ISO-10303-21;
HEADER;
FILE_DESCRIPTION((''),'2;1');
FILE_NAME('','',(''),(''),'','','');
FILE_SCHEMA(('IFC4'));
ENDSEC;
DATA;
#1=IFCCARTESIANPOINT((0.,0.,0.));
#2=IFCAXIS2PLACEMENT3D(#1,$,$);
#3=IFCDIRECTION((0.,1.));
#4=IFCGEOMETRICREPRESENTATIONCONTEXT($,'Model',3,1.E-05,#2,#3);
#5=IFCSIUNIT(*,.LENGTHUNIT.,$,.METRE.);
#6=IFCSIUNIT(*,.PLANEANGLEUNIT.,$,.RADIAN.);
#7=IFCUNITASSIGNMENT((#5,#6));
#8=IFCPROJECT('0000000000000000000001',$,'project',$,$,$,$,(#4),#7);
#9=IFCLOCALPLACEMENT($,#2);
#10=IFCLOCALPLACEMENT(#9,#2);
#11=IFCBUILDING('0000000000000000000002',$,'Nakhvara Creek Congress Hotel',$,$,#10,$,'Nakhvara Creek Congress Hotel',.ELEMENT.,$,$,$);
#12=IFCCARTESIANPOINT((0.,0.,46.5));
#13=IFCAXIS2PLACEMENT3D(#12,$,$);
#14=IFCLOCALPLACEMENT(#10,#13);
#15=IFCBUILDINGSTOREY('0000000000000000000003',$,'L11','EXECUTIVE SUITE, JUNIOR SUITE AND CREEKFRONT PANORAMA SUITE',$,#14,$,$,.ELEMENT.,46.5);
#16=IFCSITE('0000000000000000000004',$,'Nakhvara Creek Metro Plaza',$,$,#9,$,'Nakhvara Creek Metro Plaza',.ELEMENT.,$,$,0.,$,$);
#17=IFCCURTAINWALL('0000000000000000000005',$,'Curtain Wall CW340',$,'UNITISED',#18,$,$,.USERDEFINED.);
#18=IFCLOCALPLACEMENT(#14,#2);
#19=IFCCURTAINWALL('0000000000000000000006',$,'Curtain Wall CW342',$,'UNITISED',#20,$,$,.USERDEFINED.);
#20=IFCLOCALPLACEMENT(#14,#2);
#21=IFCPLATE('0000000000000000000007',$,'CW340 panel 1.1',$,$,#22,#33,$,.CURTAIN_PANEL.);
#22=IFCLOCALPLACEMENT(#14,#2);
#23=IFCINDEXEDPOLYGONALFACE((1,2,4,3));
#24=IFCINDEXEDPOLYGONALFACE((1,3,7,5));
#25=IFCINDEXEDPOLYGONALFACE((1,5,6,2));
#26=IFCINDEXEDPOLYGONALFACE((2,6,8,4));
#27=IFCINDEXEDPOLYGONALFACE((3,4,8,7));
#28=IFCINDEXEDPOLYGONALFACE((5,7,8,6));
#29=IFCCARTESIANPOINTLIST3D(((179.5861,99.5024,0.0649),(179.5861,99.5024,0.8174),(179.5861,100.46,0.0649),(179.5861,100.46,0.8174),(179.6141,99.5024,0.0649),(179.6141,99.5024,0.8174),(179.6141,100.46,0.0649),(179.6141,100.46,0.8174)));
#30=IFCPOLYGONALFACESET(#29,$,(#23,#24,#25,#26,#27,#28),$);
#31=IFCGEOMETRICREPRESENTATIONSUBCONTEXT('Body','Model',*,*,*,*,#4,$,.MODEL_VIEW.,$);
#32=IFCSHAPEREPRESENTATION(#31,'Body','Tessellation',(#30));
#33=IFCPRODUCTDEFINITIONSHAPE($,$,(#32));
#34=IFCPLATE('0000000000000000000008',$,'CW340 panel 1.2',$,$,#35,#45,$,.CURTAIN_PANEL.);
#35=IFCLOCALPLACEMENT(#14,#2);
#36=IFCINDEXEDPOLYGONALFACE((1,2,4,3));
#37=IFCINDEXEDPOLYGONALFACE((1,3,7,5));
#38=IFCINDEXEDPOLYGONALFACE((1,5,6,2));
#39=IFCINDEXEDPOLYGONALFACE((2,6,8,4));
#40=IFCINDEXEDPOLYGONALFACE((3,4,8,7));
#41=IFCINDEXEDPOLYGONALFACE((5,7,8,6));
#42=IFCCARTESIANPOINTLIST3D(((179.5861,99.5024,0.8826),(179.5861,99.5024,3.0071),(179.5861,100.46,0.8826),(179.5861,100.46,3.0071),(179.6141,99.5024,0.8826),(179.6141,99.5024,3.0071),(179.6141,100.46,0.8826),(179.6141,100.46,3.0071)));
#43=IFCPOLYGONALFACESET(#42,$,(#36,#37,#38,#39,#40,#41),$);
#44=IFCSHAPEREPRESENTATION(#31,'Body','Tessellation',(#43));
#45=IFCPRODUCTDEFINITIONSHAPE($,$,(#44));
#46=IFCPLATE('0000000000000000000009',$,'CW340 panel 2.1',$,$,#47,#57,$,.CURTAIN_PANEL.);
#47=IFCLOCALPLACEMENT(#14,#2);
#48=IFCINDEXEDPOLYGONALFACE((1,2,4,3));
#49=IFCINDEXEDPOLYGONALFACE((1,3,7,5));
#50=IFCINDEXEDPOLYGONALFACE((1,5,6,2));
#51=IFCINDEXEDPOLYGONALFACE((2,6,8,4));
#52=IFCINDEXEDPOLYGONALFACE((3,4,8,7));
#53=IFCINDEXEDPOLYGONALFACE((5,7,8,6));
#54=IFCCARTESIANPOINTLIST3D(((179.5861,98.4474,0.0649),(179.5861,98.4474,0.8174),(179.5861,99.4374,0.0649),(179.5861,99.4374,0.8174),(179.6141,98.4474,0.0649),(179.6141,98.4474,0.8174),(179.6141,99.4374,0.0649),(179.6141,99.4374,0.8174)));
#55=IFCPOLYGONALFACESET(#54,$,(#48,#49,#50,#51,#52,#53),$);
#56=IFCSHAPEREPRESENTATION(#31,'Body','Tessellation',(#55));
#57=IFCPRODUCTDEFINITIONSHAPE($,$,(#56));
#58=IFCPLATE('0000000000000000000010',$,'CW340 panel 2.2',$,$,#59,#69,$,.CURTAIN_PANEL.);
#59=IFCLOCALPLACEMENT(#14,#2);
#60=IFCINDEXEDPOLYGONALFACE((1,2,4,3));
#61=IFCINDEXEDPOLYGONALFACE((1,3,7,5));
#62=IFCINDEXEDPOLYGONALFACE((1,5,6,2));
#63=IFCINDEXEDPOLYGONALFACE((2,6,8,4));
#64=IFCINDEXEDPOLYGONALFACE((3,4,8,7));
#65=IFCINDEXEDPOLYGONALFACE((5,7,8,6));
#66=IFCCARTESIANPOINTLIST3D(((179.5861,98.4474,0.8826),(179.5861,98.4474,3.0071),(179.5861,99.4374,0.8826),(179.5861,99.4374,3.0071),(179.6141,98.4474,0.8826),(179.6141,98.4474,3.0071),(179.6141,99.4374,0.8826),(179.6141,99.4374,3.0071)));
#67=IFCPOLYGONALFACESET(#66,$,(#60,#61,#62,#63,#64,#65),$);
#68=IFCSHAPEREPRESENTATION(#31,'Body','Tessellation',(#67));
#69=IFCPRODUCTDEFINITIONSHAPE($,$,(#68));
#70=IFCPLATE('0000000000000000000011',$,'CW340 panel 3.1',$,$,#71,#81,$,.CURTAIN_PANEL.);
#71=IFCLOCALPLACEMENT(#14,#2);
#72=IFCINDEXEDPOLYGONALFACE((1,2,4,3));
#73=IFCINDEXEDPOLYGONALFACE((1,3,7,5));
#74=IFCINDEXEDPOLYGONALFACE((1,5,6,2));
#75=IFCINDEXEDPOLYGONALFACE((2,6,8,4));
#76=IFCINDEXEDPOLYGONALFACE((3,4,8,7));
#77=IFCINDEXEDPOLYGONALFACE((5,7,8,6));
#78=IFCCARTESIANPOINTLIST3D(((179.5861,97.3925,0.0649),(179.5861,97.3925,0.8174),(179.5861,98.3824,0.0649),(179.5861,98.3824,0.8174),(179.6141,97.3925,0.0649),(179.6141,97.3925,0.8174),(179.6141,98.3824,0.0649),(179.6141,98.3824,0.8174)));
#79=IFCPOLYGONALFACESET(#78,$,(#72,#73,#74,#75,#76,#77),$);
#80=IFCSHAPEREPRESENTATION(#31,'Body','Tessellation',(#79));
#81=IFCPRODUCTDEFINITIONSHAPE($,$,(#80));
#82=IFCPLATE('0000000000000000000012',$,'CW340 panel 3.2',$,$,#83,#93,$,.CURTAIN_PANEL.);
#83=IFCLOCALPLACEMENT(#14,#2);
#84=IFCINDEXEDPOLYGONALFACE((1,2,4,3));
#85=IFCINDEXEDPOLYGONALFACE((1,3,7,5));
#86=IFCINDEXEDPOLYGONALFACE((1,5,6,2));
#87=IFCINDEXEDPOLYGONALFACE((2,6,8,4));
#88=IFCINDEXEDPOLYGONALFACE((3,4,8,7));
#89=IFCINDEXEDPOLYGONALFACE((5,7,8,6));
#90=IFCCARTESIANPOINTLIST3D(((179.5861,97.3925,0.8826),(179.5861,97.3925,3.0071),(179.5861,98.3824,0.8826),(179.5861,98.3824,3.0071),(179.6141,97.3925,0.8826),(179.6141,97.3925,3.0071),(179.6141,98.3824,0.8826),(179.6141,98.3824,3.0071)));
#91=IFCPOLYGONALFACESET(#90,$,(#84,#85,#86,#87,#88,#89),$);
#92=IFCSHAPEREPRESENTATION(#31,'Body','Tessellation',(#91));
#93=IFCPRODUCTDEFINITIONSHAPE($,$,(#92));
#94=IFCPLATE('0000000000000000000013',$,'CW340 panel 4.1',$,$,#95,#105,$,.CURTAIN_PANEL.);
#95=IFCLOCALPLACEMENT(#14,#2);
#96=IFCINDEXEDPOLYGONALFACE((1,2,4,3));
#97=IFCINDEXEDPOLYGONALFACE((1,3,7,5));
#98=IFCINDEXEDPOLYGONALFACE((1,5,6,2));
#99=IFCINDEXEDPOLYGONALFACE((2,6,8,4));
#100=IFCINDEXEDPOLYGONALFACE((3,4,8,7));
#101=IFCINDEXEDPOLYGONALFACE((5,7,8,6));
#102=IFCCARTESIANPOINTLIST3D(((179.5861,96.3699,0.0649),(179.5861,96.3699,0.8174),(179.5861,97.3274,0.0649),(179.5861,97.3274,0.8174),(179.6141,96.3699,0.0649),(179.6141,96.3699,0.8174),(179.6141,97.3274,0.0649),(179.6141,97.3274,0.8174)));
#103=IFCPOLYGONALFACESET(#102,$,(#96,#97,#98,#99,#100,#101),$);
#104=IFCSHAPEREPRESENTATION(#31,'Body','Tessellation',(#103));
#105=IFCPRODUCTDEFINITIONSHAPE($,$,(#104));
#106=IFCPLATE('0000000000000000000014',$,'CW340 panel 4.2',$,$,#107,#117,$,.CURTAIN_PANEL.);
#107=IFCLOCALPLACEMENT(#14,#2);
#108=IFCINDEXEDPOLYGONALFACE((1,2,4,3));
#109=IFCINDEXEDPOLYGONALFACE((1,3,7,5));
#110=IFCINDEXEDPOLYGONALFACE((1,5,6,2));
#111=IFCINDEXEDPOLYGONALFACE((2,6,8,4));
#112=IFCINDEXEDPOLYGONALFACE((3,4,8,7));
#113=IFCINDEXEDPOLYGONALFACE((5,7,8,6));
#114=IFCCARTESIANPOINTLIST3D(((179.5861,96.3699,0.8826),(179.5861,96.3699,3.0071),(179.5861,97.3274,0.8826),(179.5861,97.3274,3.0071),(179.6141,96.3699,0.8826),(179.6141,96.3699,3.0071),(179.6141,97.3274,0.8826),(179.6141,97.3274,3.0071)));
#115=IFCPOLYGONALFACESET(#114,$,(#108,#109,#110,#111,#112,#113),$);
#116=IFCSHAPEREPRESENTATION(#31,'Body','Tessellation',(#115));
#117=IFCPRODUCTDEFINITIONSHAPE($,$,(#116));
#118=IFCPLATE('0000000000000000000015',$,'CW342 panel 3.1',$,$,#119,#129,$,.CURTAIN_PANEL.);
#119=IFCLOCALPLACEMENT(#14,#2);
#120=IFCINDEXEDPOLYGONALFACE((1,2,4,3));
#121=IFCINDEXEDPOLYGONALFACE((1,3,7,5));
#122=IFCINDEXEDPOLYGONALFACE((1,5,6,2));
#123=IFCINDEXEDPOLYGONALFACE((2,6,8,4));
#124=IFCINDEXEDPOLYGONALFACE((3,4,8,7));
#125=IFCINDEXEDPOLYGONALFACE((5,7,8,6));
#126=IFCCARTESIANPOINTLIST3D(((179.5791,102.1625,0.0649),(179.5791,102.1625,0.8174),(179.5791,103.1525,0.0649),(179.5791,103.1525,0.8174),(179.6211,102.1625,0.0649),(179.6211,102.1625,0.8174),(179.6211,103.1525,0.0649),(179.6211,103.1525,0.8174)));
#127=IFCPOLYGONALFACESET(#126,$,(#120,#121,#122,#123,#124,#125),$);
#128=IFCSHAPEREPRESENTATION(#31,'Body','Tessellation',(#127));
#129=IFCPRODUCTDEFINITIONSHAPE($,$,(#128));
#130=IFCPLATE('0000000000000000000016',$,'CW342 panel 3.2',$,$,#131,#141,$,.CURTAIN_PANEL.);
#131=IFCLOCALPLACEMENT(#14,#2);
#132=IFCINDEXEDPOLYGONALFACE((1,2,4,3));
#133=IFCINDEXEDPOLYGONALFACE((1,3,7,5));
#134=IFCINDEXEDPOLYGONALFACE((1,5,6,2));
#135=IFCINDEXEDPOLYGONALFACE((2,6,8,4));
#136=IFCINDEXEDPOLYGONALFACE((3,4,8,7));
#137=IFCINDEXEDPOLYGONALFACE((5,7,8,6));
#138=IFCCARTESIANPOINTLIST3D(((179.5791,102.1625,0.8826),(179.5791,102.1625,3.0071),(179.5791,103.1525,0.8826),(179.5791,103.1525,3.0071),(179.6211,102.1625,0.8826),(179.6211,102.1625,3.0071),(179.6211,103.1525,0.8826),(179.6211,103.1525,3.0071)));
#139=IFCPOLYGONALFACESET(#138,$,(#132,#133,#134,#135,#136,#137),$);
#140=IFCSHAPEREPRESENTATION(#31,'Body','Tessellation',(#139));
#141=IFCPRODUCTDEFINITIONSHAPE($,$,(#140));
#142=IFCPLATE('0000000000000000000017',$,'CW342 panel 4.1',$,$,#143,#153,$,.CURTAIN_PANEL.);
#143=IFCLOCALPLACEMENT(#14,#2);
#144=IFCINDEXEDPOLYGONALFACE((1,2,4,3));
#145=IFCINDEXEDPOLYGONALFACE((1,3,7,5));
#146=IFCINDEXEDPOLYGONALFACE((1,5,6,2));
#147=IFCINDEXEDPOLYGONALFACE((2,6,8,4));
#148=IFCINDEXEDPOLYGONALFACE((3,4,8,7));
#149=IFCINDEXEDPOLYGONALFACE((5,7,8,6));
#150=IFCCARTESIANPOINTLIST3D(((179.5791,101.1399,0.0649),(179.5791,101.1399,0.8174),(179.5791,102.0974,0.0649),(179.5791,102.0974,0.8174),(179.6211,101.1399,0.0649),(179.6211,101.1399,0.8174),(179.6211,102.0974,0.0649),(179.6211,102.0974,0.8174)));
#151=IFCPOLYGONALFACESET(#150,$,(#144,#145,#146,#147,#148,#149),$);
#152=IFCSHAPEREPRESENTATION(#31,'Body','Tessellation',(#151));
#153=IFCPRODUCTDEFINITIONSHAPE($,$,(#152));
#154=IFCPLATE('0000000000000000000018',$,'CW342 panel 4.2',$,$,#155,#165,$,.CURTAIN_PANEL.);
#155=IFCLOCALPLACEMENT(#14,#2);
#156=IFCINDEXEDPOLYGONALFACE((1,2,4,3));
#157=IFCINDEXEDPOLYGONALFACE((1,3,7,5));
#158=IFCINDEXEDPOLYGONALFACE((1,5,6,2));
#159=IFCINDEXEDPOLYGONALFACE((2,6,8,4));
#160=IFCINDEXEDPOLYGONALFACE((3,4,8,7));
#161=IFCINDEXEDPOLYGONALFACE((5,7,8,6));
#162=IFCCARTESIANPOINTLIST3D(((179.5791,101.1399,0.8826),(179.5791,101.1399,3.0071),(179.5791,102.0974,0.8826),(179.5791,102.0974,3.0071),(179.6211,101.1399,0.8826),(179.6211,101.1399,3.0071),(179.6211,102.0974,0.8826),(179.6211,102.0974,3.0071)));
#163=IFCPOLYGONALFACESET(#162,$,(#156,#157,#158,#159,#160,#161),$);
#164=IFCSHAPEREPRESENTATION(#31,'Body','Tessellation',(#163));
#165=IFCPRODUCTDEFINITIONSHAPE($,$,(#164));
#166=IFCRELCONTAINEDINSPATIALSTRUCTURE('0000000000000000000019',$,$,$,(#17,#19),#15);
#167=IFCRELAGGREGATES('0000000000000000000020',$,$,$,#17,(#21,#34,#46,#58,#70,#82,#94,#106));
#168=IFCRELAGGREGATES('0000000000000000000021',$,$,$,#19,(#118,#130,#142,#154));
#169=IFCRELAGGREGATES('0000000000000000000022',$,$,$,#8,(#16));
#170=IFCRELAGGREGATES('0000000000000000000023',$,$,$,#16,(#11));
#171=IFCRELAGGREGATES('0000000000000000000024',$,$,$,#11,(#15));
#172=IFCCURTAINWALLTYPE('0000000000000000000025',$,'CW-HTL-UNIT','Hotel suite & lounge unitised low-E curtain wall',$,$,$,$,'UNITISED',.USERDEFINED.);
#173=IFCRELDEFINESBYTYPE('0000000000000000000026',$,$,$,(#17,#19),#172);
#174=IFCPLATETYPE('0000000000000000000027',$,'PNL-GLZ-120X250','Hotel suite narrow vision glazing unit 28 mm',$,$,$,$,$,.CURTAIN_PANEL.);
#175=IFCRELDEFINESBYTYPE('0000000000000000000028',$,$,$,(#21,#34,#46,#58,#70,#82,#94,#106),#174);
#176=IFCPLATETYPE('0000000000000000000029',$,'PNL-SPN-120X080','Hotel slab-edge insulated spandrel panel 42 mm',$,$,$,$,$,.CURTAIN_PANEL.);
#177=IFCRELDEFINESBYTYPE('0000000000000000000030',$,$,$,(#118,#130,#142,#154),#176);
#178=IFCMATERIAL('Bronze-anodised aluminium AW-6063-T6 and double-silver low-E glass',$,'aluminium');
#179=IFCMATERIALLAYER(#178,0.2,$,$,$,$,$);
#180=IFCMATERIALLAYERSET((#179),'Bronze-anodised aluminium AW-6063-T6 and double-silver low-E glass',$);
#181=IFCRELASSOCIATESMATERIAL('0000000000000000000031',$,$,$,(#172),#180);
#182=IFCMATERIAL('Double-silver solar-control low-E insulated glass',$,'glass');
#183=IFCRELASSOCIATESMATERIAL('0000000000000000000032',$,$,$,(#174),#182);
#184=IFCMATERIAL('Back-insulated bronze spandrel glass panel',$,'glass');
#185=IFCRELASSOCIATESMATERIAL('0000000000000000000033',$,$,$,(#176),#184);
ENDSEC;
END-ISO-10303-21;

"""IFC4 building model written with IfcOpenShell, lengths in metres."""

from ifc_helpers import new_model, si_unit, direction, frame, origin, origin_2d, place, context, subcontext, project, spatial, rectangle, extrude, material, layer, layer_set, type_object, element, aggregate, save


model = new_model("IFC4")

# Units and contexts
model_context = context("Model", 3, precision=1e-05, world=origin(), true_north=direction((0.0, 1.0)))
body_context = subcontext(model_context, "Body", "Model", "MODEL_VIEW")
ifc_project = project(units=[si_unit("LENGTHUNIT", "METRE"), si_unit("PLANEANGLEUNIT", "RADIAN")], contexts=[model_context])

# Site, building, storey
site_placement = place(None, origin())
site = spatial("IfcSite", under=ifc_project, at=site_placement, Name="Nakhvara Creek Metro Plaza", LongName="Nakhvara Creek Metro Plaza", CompositionType="ELEMENT", RefElevation=0.0)
building_placement = place(site_placement, origin())
building = spatial("IfcBuilding", under=site, at=building_placement, Name="Nakhvara Creek Congress Hotel", LongName="Nakhvara Creek Congress Hotel", CompositionType="ELEMENT")
storey_placement = place(building_placement, frame((0.0, 0.0, 46.5)))
storey = spatial("IfcBuildingStorey", under=building, at=storey_placement, Name="L11", Description="EXECUTIVE SUITE, JUNIOR SUITE AND CREEKFRONT PANORAMA SUITE", CompositionType="ELEMENT", Elevation=46.5)

# Curtain walls
ifc_material_1 = material(Name="Bronze-anodised aluminium AW-6063-T6 and double-silver low-E glass", Category="aluminium")
ifc_layer = layer(ifc_material_1, 0.2)
ifc_layer_set = layer_set([ifc_layer], Name="Bronze-anodised aluminium AW-6063-T6 and double-silver low-E glass")
curtain_wall_type = type_object("IfcCurtainWallType", Name="CW-HTL-UNIT", Description="Hotel suite & lounge unitised low-E curtain wall", ElementType="UNITISED", PredefinedType="USERDEFINED", material=ifc_layer_set)
curtain_wall_1_placement = place(storey_placement, origin())
curtain_wall_1 = element("IfcCurtainWall", 1, at=curtain_wall_1_placement, inside=storey, type_object=curtain_wall_type, Name="Curtain Wall CW340", ObjectType="UNITISED", PredefinedType="USERDEFINED")
curtain_wall_2_placement = place(storey_placement, origin())
curtain_wall_2 = element("IfcCurtainWall", 2, at=curtain_wall_2_placement, inside=storey, type_object=curtain_wall_type, Name="Curtain Wall CW342", ObjectType="UNITISED", PredefinedType="USERDEFINED")

# Plates
ifc_material_2 = material(Name="Double-silver solar-control low-E insulated glass", Category="glass")
plate_type_1 = type_object("IfcPlateType", Name="PNL-GLZ-120X250", Description="Hotel suite narrow vision glazing unit 28 mm", PredefinedType="CURTAIN_PANEL", material=ifc_material_2)
plate_1_placement = place(storey_placement, frame((179.6001, 99.9812, 0.0649), z_axis=(0.0, 0.0, 1.0), x_axis=(0.0, -1.0, 0.0)))
plate_1 = element("IfcPlate", 3, at=plate_1_placement, type_object=plate_type_1, Name="CW340 panel 1.1", PredefinedType="CURTAIN_PANEL", context=body_context, shape_type="SweptSolid", body=[
    extrude(rectangle(XDim=0.9575, YDim=0.0281, at=origin_2d()), origin(), (0.0, 0.0, 1.0), 0.7524),
])
plate_2_placement = place(storey_placement, frame((179.6001, 99.9812, 0.8826), z_axis=(0.0, 0.0, 1.0), x_axis=(0.0, -1.0, 0.0)))
plate_2 = element("IfcPlate", 4, at=plate_2_placement, type_object=plate_type_1, Name="CW340 panel 1.2", PredefinedType="CURTAIN_PANEL", context=body_context, shape_type="SweptSolid", body=[
    extrude(rectangle(XDim=0.9575, YDim=0.0281, at=origin_2d()), origin(), (0.0, 0.0, 1.0), 2.1245),
])
plate_3_placement = place(storey_placement, frame((179.6001, 98.9424, 0.0649), z_axis=(0.0, 0.0, 1.0), x_axis=(0.0, -1.0, 0.0)))
plate_3 = element("IfcPlate", 5, at=plate_3_placement, type_object=plate_type_1, Name="CW340 panel 2.1", PredefinedType="CURTAIN_PANEL", context=body_context, shape_type="SweptSolid", body=[
    extrude(rectangle(XDim=0.99, YDim=0.0281, at=origin_2d()), origin(), (0.0, 0.0, 1.0), 0.7524),
])
plate_4_placement = place(storey_placement, frame((179.6001, 98.9424, 0.8826), z_axis=(0.0, 0.0, 1.0), x_axis=(0.0, -1.0, 0.0)))
plate_4 = element("IfcPlate", 6, at=plate_4_placement, type_object=plate_type_1, Name="CW340 panel 2.2", PredefinedType="CURTAIN_PANEL", context=body_context, shape_type="SweptSolid", body=[
    extrude(rectangle(XDim=0.99, YDim=0.0281, at=origin_2d()), origin(), (0.0, 0.0, 1.0), 2.1245),
])
plate_5_placement = place(storey_placement, frame((179.6001, 97.8875, 0.0649), z_axis=(0.0, 0.0, 1.0), x_axis=(0.0, -1.0, 0.0)))
plate_5 = element("IfcPlate", 7, at=plate_5_placement, type_object=plate_type_1, Name="CW340 panel 3.1", PredefinedType="CURTAIN_PANEL", context=body_context, shape_type="SweptSolid", body=[
    extrude(rectangle(XDim=0.99, YDim=0.0281, at=origin_2d()), origin(), (0.0, 0.0, 1.0), 0.7524),
])
plate_6_placement = place(storey_placement, frame((179.6001, 97.8875, 0.8826), z_axis=(0.0, 0.0, 1.0), x_axis=(0.0, -1.0, 0.0)))
plate_6 = element("IfcPlate", 8, at=plate_6_placement, type_object=plate_type_1, Name="CW340 panel 3.2", PredefinedType="CURTAIN_PANEL", context=body_context, shape_type="SweptSolid", body=[
    extrude(rectangle(XDim=0.99, YDim=0.0281, at=origin_2d()), origin(), (0.0, 0.0, 1.0), 2.1245),
])
plate_7_placement = place(storey_placement, frame((179.6001, 96.8486, 0.0649), z_axis=(0.0, 0.0, 1.0), x_axis=(0.0, -1.0, 0.0)))
plate_7 = element("IfcPlate", 9, at=plate_7_placement, type_object=plate_type_1, Name="CW340 panel 4.1", PredefinedType="CURTAIN_PANEL", context=body_context, shape_type="SweptSolid", body=[
    extrude(rectangle(XDim=0.9575, YDim=0.0281, at=origin_2d()), origin(), (0.0, 0.0, 1.0), 0.7524),
])
plate_8_placement = place(storey_placement, frame((179.6001, 96.8486, 0.8826), z_axis=(0.0, 0.0, 1.0), x_axis=(0.0, -1.0, 0.0)))
plate_8 = element("IfcPlate", 10, at=plate_8_placement, type_object=plate_type_1, Name="CW340 panel 4.2", PredefinedType="CURTAIN_PANEL", context=body_context, shape_type="SweptSolid", body=[
    extrude(rectangle(XDim=0.9575, YDim=0.0281, at=origin_2d()), origin(), (0.0, 0.0, 1.0), 2.1245),
])
aggregate(curtain_wall_1, [plate_1, plate_2, plate_3, plate_4, plate_5, plate_6, plate_7, plate_8])
ifc_material_3 = material(Name="Back-insulated bronze spandrel glass panel", Category="glass")
plate_type_2 = type_object("IfcPlateType", Name="PNL-SPN-120X080", Description="Hotel slab-edge insulated spandrel panel 42 mm", PredefinedType="CURTAIN_PANEL", material=ifc_material_3)
plate_9_placement = place(storey_placement, frame((179.6001, 102.6575, 0.0649), z_axis=(0.0, 0.0, 1.0), x_axis=(0.0, -1.0, 0.0)))
plate_9 = element("IfcPlate", 11, at=plate_9_placement, type_object=plate_type_2, Name="CW342 panel 3.1", PredefinedType="CURTAIN_PANEL", context=body_context, shape_type="SweptSolid", body=[
    extrude(rectangle(XDim=0.99, YDim=0.042, at=origin_2d()), origin(), (0.0, 0.0, 1.0), 0.7524),
])
plate_10_placement = place(storey_placement, frame((179.6001, 102.6575, 0.8826), z_axis=(0.0, 0.0, 1.0), x_axis=(0.0, -1.0, 0.0)))
plate_10 = element("IfcPlate", 12, at=plate_10_placement, type_object=plate_type_2, Name="CW342 panel 3.2", PredefinedType="CURTAIN_PANEL", context=body_context, shape_type="SweptSolid", body=[
    extrude(rectangle(XDim=0.99, YDim=0.042, at=origin_2d()), origin(), (0.0, 0.0, 1.0), 2.1245),
])
plate_11_placement = place(storey_placement, frame((179.6001, 101.6187, 0.0649), z_axis=(0.0, 0.0, 1.0), x_axis=(0.0, -1.0, 0.0)))
plate_11 = element("IfcPlate", 13, at=plate_11_placement, type_object=plate_type_2, Name="CW342 panel 4.1", PredefinedType="CURTAIN_PANEL", context=body_context, shape_type="SweptSolid", body=[
    extrude(rectangle(XDim=0.9575, YDim=0.042, at=origin_2d()), origin(), (0.0, 0.0, 1.0), 0.7524),
])
plate_12_placement = place(storey_placement, frame((179.6001, 101.6187, 0.8826), z_axis=(0.0, 0.0, 1.0), x_axis=(0.0, -1.0, 0.0)))
plate_12 = element("IfcPlate", 14, at=plate_12_placement, type_object=plate_type_2, Name="CW342 panel 4.2", PredefinedType="CURTAIN_PANEL", context=body_context, shape_type="SweptSolid", body=[
    extrude(rectangle(XDim=0.9575, YDim=0.042, at=origin_2d()), origin(), (0.0, 0.0, 1.0), 2.1245),
])
aggregate(curtain_wall_2, [plate_9, plate_10, plate_11, plate_12])

save(model, "model.ifc")
